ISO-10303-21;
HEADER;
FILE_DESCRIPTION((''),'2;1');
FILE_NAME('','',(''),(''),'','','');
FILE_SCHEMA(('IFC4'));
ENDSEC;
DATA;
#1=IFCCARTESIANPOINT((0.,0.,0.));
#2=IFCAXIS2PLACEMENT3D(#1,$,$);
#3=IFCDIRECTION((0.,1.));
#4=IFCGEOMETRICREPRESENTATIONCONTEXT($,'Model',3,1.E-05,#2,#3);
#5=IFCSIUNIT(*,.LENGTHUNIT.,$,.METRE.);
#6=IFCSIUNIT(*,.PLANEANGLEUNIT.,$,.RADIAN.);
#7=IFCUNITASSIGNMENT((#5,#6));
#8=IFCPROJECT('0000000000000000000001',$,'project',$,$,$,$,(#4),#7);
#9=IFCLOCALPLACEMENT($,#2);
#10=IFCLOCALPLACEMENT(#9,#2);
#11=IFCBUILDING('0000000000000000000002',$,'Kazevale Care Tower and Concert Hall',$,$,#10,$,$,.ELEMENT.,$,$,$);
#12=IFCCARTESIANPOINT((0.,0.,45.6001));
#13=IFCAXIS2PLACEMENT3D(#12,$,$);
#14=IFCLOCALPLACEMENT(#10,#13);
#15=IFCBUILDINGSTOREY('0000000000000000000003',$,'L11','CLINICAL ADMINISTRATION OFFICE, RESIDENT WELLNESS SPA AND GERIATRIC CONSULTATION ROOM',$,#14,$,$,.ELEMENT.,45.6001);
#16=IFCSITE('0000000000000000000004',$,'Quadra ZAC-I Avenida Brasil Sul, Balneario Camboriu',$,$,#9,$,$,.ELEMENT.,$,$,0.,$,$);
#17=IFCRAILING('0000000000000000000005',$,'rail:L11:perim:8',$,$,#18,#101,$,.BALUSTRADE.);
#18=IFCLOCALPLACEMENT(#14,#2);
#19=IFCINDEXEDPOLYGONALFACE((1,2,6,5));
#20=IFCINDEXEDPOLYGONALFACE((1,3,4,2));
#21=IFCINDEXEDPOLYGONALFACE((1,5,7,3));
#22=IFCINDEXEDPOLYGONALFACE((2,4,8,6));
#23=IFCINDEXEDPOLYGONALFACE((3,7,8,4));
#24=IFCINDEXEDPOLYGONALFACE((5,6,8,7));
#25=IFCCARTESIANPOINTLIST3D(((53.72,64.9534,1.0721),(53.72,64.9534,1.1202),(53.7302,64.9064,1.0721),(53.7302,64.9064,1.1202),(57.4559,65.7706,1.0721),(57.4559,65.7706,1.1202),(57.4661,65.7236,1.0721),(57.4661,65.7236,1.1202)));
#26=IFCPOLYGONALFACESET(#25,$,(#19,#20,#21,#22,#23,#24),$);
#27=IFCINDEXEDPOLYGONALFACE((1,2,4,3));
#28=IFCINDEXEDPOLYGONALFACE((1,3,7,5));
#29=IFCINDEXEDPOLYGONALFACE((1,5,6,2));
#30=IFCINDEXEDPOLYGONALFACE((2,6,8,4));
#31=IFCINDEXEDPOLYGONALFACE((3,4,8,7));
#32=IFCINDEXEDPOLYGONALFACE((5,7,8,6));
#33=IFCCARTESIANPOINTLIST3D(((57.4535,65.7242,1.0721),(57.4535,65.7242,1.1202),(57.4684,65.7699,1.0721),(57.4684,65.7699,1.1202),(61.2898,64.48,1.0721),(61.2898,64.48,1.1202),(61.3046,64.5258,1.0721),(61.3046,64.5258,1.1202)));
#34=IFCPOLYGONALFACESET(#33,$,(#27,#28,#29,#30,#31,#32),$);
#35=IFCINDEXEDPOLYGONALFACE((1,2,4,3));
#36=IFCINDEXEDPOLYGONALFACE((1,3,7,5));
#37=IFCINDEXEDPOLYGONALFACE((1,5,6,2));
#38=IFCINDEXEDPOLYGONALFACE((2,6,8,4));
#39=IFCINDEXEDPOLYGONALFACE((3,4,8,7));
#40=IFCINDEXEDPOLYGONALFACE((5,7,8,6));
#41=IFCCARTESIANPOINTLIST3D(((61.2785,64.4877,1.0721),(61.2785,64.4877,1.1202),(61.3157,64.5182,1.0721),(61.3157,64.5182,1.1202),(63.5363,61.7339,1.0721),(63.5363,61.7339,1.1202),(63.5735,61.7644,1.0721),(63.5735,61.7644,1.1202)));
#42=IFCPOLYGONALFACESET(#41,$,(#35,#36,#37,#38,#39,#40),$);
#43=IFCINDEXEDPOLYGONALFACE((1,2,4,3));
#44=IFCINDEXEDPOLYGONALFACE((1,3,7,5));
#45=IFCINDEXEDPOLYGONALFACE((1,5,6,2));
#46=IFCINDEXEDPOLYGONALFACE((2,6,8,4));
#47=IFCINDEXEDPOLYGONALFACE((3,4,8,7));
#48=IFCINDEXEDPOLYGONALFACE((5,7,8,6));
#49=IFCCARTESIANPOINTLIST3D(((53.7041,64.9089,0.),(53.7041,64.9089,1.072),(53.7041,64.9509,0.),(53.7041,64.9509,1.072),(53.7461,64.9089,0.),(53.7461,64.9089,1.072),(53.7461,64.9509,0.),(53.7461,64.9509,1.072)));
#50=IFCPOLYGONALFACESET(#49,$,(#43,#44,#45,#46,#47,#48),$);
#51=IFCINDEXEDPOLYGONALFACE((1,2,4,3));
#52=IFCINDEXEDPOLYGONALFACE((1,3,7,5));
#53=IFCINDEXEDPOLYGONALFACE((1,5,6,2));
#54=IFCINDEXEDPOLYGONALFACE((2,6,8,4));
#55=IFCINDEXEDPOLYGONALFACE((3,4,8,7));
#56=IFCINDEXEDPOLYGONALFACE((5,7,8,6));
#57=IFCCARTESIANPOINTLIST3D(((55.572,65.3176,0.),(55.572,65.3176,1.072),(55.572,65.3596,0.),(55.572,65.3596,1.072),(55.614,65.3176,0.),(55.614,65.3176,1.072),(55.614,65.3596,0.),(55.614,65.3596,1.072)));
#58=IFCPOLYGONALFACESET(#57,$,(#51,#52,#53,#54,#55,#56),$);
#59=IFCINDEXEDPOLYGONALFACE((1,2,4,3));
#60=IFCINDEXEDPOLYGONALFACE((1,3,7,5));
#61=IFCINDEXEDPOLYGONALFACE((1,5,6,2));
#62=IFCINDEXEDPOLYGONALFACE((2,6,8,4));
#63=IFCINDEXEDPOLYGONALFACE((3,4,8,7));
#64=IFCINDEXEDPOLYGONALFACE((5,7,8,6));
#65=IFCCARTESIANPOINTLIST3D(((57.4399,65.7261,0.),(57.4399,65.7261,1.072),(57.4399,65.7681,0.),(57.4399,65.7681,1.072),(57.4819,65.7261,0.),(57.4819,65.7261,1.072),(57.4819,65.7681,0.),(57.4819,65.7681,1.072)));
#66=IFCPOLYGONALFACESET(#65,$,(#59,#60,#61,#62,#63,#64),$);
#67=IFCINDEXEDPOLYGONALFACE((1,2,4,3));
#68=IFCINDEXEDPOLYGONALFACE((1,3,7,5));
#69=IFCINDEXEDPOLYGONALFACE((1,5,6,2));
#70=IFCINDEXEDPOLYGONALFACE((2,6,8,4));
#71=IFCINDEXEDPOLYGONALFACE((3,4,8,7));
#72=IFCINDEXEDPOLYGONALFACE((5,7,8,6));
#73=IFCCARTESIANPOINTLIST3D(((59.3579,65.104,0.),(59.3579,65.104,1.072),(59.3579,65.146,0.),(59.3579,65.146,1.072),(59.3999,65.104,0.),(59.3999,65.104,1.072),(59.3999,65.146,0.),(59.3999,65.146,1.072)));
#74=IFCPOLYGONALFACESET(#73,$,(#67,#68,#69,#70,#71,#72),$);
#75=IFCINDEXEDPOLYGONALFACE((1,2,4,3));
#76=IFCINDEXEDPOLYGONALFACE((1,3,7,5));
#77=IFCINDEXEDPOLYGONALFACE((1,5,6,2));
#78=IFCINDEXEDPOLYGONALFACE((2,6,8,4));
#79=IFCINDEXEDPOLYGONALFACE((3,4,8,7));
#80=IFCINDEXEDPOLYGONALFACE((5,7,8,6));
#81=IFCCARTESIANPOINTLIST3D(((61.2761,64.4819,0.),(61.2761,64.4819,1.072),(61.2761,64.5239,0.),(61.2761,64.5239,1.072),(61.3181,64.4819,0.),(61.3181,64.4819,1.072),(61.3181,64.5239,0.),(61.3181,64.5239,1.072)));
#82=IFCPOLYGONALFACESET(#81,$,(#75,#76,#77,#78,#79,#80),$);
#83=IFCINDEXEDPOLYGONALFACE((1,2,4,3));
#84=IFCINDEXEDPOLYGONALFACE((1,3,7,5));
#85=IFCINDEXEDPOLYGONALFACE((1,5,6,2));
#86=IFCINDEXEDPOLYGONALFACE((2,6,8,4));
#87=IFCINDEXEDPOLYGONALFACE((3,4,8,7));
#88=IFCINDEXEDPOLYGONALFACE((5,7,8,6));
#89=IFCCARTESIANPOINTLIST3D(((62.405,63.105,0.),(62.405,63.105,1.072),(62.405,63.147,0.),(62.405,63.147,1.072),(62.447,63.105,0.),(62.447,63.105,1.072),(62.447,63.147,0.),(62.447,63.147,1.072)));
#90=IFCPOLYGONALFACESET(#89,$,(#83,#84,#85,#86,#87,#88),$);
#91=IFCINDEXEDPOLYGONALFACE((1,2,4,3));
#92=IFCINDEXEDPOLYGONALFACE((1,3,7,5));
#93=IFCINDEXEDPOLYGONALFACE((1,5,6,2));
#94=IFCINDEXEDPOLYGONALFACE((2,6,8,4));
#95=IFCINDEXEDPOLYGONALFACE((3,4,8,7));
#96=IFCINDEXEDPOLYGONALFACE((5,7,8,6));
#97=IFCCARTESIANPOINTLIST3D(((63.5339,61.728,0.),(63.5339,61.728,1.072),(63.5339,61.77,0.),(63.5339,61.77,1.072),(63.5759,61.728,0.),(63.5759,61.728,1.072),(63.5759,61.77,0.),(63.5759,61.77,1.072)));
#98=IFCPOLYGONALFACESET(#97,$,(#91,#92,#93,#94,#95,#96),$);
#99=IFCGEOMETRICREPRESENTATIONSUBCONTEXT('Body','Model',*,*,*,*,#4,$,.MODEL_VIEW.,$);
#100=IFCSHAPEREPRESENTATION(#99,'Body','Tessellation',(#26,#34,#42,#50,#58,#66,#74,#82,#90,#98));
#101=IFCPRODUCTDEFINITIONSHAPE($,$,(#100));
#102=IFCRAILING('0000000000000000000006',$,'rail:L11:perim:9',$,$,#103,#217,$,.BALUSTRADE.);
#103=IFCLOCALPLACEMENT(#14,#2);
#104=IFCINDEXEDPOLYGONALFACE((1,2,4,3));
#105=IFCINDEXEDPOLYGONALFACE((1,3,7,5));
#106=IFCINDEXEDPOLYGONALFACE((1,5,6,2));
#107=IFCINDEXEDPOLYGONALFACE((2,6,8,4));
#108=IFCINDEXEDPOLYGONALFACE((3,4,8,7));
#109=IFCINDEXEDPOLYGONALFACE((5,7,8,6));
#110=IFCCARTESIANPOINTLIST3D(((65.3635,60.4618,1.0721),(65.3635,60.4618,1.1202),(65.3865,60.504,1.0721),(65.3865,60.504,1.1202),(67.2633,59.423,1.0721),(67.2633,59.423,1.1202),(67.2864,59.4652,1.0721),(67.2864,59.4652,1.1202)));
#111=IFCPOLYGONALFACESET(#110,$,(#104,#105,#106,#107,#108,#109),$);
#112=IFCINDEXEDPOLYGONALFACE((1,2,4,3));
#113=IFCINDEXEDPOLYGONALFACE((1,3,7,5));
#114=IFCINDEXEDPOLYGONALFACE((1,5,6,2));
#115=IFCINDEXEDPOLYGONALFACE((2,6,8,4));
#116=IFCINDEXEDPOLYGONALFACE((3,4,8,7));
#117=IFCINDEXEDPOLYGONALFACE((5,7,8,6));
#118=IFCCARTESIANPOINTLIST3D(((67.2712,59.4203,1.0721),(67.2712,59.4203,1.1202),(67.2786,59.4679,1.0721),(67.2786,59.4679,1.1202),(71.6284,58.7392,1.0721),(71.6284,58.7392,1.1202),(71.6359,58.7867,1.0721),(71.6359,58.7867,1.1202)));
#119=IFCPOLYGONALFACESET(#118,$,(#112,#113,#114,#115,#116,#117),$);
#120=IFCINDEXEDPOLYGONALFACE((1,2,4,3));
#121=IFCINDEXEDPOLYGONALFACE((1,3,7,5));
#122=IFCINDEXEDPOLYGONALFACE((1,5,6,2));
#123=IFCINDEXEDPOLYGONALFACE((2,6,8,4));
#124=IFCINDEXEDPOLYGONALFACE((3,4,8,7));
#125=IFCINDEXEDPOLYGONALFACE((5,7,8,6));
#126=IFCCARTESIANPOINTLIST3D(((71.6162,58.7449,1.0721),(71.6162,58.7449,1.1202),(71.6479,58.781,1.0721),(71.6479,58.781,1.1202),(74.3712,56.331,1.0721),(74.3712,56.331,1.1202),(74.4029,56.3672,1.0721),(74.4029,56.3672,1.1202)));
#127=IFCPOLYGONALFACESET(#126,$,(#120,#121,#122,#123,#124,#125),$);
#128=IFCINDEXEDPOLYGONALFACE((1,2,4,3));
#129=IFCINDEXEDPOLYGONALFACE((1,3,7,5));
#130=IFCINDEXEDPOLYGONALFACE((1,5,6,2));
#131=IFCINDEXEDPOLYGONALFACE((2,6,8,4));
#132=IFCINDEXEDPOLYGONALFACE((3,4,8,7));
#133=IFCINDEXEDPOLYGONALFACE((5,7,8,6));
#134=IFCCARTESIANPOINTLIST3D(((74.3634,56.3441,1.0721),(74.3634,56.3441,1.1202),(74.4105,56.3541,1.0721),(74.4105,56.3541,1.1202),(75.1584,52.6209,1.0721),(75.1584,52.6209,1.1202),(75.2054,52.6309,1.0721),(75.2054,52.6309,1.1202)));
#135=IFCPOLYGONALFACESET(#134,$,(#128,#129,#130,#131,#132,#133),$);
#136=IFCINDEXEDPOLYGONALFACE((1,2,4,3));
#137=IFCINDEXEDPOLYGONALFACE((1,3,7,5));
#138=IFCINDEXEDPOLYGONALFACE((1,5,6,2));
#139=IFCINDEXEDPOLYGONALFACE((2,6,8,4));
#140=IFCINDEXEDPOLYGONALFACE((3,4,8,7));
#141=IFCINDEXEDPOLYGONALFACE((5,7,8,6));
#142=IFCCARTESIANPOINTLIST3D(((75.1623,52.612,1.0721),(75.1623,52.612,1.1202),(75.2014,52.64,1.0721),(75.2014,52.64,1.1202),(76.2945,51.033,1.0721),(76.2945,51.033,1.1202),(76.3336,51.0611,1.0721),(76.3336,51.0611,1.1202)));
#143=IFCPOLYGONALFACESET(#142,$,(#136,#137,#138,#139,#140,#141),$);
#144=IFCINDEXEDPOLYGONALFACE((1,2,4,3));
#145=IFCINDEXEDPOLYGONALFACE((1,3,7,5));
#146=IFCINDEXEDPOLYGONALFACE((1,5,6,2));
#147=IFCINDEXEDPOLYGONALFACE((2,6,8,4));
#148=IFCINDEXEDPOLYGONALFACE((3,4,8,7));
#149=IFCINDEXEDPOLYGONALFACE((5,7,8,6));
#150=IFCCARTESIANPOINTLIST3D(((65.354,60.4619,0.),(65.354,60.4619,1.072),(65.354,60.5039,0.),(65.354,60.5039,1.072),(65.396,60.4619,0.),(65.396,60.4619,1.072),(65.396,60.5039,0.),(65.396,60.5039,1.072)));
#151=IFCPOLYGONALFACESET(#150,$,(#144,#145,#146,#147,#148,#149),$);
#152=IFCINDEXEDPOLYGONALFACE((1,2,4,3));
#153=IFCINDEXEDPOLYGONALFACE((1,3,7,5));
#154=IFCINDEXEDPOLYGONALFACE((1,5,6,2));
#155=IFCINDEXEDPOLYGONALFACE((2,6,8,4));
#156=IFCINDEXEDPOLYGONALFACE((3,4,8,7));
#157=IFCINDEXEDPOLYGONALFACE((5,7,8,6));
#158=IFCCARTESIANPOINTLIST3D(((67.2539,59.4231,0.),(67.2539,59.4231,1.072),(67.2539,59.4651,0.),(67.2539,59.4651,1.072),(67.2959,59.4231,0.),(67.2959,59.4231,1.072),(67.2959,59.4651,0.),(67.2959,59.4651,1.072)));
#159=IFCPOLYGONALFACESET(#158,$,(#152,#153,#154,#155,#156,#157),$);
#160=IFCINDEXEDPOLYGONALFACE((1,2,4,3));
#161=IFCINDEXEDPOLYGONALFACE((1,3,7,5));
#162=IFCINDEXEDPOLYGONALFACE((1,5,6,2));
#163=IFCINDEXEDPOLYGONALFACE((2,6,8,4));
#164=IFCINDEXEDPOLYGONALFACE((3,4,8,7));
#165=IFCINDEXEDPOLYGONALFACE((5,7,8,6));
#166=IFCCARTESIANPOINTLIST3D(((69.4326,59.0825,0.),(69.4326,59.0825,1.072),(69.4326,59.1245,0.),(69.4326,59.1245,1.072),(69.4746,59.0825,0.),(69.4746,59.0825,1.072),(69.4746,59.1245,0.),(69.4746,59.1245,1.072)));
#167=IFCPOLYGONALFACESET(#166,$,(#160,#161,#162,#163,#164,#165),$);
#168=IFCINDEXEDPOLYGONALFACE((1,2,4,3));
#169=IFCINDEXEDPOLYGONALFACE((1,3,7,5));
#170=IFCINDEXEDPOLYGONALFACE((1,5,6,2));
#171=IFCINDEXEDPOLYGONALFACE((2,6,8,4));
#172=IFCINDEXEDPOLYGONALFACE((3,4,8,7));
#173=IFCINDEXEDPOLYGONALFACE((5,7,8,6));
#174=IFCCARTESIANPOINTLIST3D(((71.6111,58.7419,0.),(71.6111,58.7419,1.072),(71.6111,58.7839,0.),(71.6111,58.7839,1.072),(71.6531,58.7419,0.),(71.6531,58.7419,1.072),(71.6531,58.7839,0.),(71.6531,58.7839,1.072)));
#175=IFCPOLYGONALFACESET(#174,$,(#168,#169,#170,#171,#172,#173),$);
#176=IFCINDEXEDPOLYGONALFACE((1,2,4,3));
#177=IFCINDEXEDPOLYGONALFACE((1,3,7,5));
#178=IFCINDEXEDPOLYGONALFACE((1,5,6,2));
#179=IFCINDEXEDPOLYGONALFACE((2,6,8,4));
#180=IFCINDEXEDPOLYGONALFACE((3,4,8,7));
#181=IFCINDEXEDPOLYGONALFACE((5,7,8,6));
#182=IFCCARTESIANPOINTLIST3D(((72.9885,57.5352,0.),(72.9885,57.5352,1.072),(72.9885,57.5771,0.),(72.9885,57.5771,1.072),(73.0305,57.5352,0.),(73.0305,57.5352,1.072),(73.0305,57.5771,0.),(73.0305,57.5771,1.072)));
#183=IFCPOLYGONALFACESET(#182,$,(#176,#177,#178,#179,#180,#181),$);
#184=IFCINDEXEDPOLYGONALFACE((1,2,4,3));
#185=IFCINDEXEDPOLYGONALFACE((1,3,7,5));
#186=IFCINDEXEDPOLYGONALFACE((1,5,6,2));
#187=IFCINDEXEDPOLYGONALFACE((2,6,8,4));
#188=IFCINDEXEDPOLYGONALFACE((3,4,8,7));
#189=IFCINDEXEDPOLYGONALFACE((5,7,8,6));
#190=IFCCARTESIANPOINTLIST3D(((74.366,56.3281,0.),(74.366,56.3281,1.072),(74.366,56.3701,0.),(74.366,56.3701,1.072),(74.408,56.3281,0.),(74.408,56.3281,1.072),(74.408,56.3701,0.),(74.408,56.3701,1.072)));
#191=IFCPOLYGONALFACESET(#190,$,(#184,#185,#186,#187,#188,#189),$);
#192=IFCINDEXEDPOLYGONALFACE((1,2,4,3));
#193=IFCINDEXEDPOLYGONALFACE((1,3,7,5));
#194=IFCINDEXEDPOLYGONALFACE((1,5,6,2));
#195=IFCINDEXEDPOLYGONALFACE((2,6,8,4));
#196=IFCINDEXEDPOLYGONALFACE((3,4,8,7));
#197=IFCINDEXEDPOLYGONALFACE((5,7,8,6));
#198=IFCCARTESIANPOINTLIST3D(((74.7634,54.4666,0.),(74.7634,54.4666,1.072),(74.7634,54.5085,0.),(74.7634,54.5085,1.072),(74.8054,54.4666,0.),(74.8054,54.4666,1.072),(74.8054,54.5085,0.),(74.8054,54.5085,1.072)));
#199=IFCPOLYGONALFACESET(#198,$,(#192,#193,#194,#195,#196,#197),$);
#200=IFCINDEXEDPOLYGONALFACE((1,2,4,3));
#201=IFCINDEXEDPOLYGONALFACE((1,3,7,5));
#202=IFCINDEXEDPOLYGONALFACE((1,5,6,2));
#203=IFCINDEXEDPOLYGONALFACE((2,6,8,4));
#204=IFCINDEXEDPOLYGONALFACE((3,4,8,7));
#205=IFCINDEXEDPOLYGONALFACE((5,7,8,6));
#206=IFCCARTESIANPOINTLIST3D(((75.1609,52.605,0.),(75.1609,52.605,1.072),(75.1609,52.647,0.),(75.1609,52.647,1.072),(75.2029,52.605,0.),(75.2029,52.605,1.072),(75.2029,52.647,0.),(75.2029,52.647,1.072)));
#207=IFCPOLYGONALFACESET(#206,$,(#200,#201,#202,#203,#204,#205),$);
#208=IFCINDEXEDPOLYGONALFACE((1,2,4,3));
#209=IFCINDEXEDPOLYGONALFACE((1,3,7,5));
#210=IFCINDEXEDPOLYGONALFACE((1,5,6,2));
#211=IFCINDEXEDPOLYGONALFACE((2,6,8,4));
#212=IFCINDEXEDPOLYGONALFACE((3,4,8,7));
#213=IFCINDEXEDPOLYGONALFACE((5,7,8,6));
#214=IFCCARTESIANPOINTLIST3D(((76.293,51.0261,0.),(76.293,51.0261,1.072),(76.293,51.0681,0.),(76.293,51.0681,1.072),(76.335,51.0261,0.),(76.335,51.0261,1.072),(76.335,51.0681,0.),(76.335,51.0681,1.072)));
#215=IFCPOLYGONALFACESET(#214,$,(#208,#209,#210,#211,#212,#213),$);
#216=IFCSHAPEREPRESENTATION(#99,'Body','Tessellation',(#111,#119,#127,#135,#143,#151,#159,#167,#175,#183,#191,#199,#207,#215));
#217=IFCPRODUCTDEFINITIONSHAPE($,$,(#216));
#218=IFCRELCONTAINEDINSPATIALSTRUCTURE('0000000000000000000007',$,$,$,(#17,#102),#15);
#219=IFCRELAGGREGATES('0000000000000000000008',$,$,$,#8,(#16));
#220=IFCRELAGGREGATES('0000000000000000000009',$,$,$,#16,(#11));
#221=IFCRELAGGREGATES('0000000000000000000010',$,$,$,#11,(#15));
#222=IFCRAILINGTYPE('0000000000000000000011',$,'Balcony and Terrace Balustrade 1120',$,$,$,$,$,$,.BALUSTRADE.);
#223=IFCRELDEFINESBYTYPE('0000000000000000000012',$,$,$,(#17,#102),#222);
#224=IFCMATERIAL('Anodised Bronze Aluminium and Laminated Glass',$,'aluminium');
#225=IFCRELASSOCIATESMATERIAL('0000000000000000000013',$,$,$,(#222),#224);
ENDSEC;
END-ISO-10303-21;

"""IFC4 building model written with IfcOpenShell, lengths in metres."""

from ifc_helpers import new_model, si_unit, direction, frame, origin, origin_2d, place, context, subcontext, project, spatial, rectangle, extrude, material, type_object, element, save


model = new_model("IFC4")

# Units and contexts
model_context = context("Model", 3, precision=1e-05, world=origin(), true_north=direction((0.0, 1.0)))
body_context = subcontext(model_context, "Body", "Model", "MODEL_VIEW")
ifc_project = project(units=[si_unit("LENGTHUNIT", "METRE"), si_unit("PLANEANGLEUNIT", "RADIAN")], contexts=[model_context])

# Site, building, storey
site_placement = place(None, origin())
site = spatial("IfcSite", under=ifc_project, at=site_placement, Name="Quadra ZAC-I Avenida Brasil Sul, Balneario Camboriu", CompositionType="ELEMENT", RefElevation=0.0)
building_placement = place(site_placement, origin())
building = spatial("IfcBuilding", under=site, at=building_placement, Name="Kazevale Care Tower and Concert Hall", CompositionType="ELEMENT")
storey_placement = place(building_placement, frame((0.0, 0.0, 45.6001)))
storey = spatial("IfcBuildingStorey", under=building, at=storey_placement, Name="L11", Description="CLINICAL ADMINISTRATION OFFICE, RESIDENT WELLNESS SPA AND GERIATRIC CONSULTATION ROOM", CompositionType="ELEMENT", Elevation=45.6001)

# Railings
ifc_material_1 = material(Name="Anodised Bronze Aluminium and Laminated Glass", Category="aluminium")
railing_type = type_object("IfcRailingType", Name="Balcony and Terrace Balustrade 1120", PredefinedType="BALUSTRADE", material=ifc_material_1)
railing_1_placement = place(storey_placement, frame((53.7251, 64.9299, 0.0)))
element("IfcRailing", 1, at=railing_1_placement, inside=storey, type_object=railing_type, Name="rail:L11:perim:8", PredefinedType="BALUSTRADE", context=body_context, shape_type="SweptSolid", body=[
    extrude(rectangle(XDim=0.0481, YDim=0.0481, at=origin_2d()), frame((0.0, 0.0, 1.0962), z_axis=(0.976904, 0.213678, 0.0), x_axis=(-0.213678, 0.976904, 0.0)), (0.0, 0.0, 1.0), 3.8242),
    extrude(rectangle(XDim=0.0481, YDim=0.0481, at=origin_2d()), frame((3.7358, 0.8171, 1.0962), z_axis=(0.951225, -0.308499, 0.0), x_axis=(0.308499, 0.951225, 0.0)), (0.0, 0.0, 1.0), 4.033),
    extrude(rectangle(XDim=0.0481, YDim=0.0481, at=origin_2d()), frame((7.572, -0.427, 1.0962), z_axis=(0.634014, -0.773322, 0.0), x_axis=(0.773322, 0.634014, 0.0)), (0.0, 0.0, 1.0), 3.561),
    extrude(rectangle(XDim=0.042, YDim=0.042, at=origin_2d()), origin(), (0.0, 0.0, 1.0), 1.072),
    extrude(rectangle(XDim=0.042, YDim=0.042, at=origin_2d()), frame((1.8679, 0.4087, 0.0)), (0.0, 0.0, 1.0), 1.072),
    extrude(rectangle(XDim=0.042, YDim=0.042, at=origin_2d()), frame((3.7358, 0.8171, 0.0)), (0.0, 0.0, 1.0), 1.072),
    extrude(rectangle(XDim=0.042, YDim=0.042, at=origin_2d()), frame((5.6538, 0.1951, 0.0)), (0.0, 0.0, 1.0), 1.072),
    extrude(rectangle(XDim=0.042, YDim=0.042, at=origin_2d()), frame((7.572, -0.427, 0.0)), (0.0, 0.0, 1.0), 1.072),
    extrude(rectangle(XDim=0.042, YDim=0.042, at=origin_2d()), frame((8.7009, -1.804, 0.0)), (0.0, 0.0, 1.0), 1.072),
    extrude(rectangle(XDim=0.042, YDim=0.042, at=origin_2d()), frame((9.8298, -3.1809, 0.0)), (0.0, 0.0, 1.0), 1.072),
])
railing_2_placement = place(storey_placement, frame((65.375, 60.4829, 0.0)))
element("IfcRailing", 2, at=railing_2_placement, inside=storey, type_object=railing_type, Name="rail:L11:perim:9", PredefinedType="BALUSTRADE", context=body_context, shape_type="SweptSolid", body=[
    extrude(rectangle(XDim=0.0481, YDim=0.0481, at=origin_2d()), frame((0.0, 0.0, 1.0962), z_axis=(0.877408, -0.479745, 0.0), x_axis=(0.479745, 0.877408, 0.0)), (0.0, 0.0, 1.0), 2.1653),
    extrude(rectangle(XDim=0.0481, YDim=0.0481, at=origin_2d()), frame((1.8999, -1.0388, 1.0962), z_axis=(0.988, -0.154453, 0.0), x_axis=(0.154453, 0.988, 0.0)), (0.0, 0.0, 1.0), 4.4102),
    extrude(rectangle(XDim=0.0481, YDim=0.0481, at=origin_2d()), frame((6.2571, -1.72, 1.0962), z_axis=(0.752131, -0.659014, 0.0), x_axis=(0.659014, 0.752131, 0.0)), (0.0, 0.0, 1.0), 3.6628),
    extrude(rectangle(XDim=0.0481, YDim=0.0481, at=origin_2d()), frame((9.012, -4.1338, 1.0962), z_axis=(0.208802, -0.977958, 0.0), x_axis=(0.977958, 0.208802, 0.0)), (0.0, 0.0, 1.0), 3.8071),
    extrude(rectangle(XDim=0.0481, YDim=0.0481, at=origin_2d()), frame((9.8069, -7.8569, 1.0962), z_axis=(0.582711, -0.812679, 0.0), x_axis=(0.812679, 0.582711, 0.0)), (0.0, 0.0, 1.0), 1.9429),
    extrude(rectangle(XDim=0.042, YDim=0.042, at=origin_2d()), origin(), (0.0, 0.0, 1.0), 1.072),
    extrude(rectangle(XDim=0.042, YDim=0.042, at=origin_2d()), frame((1.8999, -1.0388, 0.0)), (0.0, 0.0, 1.0), 1.072),
    extrude(rectangle(XDim=0.042, YDim=0.042, at=origin_2d()), frame((4.0786, -1.3794, 0.0)), (0.0, 0.0, 1.0), 1.072),
    extrude(rectangle(XDim=0.042, YDim=0.042, at=origin_2d()), frame((6.2571, -1.72, 0.0)), (0.0, 0.0, 1.0), 1.072),
    extrude(rectangle(XDim=0.042, YDim=0.042, at=origin_2d()), frame((7.6345, -2.9268, 0.0)), (0.0, 0.0, 1.0), 1.072),
    extrude(rectangle(XDim=0.042, YDim=0.042, at=origin_2d()), frame((9.012, -4.1338, 0.0)), (0.0, 0.0, 1.0), 1.072),
    extrude(rectangle(XDim=0.042, YDim=0.042, at=origin_2d()), frame((9.4094, -5.9954, 0.0)), (0.0, 0.0, 1.0), 1.072),
    extrude(rectangle(XDim=0.042, YDim=0.042, at=origin_2d()), frame((9.8069, -7.8569, 0.0)), (0.0, 0.0, 1.0), 1.072),
    extrude(rectangle(XDim=0.042, YDim=0.042, at=origin_2d()), frame((10.939, -9.4358, 0.0)), (0.0, 0.0, 1.0), 1.072),
])

save(model, "model.ifc")
